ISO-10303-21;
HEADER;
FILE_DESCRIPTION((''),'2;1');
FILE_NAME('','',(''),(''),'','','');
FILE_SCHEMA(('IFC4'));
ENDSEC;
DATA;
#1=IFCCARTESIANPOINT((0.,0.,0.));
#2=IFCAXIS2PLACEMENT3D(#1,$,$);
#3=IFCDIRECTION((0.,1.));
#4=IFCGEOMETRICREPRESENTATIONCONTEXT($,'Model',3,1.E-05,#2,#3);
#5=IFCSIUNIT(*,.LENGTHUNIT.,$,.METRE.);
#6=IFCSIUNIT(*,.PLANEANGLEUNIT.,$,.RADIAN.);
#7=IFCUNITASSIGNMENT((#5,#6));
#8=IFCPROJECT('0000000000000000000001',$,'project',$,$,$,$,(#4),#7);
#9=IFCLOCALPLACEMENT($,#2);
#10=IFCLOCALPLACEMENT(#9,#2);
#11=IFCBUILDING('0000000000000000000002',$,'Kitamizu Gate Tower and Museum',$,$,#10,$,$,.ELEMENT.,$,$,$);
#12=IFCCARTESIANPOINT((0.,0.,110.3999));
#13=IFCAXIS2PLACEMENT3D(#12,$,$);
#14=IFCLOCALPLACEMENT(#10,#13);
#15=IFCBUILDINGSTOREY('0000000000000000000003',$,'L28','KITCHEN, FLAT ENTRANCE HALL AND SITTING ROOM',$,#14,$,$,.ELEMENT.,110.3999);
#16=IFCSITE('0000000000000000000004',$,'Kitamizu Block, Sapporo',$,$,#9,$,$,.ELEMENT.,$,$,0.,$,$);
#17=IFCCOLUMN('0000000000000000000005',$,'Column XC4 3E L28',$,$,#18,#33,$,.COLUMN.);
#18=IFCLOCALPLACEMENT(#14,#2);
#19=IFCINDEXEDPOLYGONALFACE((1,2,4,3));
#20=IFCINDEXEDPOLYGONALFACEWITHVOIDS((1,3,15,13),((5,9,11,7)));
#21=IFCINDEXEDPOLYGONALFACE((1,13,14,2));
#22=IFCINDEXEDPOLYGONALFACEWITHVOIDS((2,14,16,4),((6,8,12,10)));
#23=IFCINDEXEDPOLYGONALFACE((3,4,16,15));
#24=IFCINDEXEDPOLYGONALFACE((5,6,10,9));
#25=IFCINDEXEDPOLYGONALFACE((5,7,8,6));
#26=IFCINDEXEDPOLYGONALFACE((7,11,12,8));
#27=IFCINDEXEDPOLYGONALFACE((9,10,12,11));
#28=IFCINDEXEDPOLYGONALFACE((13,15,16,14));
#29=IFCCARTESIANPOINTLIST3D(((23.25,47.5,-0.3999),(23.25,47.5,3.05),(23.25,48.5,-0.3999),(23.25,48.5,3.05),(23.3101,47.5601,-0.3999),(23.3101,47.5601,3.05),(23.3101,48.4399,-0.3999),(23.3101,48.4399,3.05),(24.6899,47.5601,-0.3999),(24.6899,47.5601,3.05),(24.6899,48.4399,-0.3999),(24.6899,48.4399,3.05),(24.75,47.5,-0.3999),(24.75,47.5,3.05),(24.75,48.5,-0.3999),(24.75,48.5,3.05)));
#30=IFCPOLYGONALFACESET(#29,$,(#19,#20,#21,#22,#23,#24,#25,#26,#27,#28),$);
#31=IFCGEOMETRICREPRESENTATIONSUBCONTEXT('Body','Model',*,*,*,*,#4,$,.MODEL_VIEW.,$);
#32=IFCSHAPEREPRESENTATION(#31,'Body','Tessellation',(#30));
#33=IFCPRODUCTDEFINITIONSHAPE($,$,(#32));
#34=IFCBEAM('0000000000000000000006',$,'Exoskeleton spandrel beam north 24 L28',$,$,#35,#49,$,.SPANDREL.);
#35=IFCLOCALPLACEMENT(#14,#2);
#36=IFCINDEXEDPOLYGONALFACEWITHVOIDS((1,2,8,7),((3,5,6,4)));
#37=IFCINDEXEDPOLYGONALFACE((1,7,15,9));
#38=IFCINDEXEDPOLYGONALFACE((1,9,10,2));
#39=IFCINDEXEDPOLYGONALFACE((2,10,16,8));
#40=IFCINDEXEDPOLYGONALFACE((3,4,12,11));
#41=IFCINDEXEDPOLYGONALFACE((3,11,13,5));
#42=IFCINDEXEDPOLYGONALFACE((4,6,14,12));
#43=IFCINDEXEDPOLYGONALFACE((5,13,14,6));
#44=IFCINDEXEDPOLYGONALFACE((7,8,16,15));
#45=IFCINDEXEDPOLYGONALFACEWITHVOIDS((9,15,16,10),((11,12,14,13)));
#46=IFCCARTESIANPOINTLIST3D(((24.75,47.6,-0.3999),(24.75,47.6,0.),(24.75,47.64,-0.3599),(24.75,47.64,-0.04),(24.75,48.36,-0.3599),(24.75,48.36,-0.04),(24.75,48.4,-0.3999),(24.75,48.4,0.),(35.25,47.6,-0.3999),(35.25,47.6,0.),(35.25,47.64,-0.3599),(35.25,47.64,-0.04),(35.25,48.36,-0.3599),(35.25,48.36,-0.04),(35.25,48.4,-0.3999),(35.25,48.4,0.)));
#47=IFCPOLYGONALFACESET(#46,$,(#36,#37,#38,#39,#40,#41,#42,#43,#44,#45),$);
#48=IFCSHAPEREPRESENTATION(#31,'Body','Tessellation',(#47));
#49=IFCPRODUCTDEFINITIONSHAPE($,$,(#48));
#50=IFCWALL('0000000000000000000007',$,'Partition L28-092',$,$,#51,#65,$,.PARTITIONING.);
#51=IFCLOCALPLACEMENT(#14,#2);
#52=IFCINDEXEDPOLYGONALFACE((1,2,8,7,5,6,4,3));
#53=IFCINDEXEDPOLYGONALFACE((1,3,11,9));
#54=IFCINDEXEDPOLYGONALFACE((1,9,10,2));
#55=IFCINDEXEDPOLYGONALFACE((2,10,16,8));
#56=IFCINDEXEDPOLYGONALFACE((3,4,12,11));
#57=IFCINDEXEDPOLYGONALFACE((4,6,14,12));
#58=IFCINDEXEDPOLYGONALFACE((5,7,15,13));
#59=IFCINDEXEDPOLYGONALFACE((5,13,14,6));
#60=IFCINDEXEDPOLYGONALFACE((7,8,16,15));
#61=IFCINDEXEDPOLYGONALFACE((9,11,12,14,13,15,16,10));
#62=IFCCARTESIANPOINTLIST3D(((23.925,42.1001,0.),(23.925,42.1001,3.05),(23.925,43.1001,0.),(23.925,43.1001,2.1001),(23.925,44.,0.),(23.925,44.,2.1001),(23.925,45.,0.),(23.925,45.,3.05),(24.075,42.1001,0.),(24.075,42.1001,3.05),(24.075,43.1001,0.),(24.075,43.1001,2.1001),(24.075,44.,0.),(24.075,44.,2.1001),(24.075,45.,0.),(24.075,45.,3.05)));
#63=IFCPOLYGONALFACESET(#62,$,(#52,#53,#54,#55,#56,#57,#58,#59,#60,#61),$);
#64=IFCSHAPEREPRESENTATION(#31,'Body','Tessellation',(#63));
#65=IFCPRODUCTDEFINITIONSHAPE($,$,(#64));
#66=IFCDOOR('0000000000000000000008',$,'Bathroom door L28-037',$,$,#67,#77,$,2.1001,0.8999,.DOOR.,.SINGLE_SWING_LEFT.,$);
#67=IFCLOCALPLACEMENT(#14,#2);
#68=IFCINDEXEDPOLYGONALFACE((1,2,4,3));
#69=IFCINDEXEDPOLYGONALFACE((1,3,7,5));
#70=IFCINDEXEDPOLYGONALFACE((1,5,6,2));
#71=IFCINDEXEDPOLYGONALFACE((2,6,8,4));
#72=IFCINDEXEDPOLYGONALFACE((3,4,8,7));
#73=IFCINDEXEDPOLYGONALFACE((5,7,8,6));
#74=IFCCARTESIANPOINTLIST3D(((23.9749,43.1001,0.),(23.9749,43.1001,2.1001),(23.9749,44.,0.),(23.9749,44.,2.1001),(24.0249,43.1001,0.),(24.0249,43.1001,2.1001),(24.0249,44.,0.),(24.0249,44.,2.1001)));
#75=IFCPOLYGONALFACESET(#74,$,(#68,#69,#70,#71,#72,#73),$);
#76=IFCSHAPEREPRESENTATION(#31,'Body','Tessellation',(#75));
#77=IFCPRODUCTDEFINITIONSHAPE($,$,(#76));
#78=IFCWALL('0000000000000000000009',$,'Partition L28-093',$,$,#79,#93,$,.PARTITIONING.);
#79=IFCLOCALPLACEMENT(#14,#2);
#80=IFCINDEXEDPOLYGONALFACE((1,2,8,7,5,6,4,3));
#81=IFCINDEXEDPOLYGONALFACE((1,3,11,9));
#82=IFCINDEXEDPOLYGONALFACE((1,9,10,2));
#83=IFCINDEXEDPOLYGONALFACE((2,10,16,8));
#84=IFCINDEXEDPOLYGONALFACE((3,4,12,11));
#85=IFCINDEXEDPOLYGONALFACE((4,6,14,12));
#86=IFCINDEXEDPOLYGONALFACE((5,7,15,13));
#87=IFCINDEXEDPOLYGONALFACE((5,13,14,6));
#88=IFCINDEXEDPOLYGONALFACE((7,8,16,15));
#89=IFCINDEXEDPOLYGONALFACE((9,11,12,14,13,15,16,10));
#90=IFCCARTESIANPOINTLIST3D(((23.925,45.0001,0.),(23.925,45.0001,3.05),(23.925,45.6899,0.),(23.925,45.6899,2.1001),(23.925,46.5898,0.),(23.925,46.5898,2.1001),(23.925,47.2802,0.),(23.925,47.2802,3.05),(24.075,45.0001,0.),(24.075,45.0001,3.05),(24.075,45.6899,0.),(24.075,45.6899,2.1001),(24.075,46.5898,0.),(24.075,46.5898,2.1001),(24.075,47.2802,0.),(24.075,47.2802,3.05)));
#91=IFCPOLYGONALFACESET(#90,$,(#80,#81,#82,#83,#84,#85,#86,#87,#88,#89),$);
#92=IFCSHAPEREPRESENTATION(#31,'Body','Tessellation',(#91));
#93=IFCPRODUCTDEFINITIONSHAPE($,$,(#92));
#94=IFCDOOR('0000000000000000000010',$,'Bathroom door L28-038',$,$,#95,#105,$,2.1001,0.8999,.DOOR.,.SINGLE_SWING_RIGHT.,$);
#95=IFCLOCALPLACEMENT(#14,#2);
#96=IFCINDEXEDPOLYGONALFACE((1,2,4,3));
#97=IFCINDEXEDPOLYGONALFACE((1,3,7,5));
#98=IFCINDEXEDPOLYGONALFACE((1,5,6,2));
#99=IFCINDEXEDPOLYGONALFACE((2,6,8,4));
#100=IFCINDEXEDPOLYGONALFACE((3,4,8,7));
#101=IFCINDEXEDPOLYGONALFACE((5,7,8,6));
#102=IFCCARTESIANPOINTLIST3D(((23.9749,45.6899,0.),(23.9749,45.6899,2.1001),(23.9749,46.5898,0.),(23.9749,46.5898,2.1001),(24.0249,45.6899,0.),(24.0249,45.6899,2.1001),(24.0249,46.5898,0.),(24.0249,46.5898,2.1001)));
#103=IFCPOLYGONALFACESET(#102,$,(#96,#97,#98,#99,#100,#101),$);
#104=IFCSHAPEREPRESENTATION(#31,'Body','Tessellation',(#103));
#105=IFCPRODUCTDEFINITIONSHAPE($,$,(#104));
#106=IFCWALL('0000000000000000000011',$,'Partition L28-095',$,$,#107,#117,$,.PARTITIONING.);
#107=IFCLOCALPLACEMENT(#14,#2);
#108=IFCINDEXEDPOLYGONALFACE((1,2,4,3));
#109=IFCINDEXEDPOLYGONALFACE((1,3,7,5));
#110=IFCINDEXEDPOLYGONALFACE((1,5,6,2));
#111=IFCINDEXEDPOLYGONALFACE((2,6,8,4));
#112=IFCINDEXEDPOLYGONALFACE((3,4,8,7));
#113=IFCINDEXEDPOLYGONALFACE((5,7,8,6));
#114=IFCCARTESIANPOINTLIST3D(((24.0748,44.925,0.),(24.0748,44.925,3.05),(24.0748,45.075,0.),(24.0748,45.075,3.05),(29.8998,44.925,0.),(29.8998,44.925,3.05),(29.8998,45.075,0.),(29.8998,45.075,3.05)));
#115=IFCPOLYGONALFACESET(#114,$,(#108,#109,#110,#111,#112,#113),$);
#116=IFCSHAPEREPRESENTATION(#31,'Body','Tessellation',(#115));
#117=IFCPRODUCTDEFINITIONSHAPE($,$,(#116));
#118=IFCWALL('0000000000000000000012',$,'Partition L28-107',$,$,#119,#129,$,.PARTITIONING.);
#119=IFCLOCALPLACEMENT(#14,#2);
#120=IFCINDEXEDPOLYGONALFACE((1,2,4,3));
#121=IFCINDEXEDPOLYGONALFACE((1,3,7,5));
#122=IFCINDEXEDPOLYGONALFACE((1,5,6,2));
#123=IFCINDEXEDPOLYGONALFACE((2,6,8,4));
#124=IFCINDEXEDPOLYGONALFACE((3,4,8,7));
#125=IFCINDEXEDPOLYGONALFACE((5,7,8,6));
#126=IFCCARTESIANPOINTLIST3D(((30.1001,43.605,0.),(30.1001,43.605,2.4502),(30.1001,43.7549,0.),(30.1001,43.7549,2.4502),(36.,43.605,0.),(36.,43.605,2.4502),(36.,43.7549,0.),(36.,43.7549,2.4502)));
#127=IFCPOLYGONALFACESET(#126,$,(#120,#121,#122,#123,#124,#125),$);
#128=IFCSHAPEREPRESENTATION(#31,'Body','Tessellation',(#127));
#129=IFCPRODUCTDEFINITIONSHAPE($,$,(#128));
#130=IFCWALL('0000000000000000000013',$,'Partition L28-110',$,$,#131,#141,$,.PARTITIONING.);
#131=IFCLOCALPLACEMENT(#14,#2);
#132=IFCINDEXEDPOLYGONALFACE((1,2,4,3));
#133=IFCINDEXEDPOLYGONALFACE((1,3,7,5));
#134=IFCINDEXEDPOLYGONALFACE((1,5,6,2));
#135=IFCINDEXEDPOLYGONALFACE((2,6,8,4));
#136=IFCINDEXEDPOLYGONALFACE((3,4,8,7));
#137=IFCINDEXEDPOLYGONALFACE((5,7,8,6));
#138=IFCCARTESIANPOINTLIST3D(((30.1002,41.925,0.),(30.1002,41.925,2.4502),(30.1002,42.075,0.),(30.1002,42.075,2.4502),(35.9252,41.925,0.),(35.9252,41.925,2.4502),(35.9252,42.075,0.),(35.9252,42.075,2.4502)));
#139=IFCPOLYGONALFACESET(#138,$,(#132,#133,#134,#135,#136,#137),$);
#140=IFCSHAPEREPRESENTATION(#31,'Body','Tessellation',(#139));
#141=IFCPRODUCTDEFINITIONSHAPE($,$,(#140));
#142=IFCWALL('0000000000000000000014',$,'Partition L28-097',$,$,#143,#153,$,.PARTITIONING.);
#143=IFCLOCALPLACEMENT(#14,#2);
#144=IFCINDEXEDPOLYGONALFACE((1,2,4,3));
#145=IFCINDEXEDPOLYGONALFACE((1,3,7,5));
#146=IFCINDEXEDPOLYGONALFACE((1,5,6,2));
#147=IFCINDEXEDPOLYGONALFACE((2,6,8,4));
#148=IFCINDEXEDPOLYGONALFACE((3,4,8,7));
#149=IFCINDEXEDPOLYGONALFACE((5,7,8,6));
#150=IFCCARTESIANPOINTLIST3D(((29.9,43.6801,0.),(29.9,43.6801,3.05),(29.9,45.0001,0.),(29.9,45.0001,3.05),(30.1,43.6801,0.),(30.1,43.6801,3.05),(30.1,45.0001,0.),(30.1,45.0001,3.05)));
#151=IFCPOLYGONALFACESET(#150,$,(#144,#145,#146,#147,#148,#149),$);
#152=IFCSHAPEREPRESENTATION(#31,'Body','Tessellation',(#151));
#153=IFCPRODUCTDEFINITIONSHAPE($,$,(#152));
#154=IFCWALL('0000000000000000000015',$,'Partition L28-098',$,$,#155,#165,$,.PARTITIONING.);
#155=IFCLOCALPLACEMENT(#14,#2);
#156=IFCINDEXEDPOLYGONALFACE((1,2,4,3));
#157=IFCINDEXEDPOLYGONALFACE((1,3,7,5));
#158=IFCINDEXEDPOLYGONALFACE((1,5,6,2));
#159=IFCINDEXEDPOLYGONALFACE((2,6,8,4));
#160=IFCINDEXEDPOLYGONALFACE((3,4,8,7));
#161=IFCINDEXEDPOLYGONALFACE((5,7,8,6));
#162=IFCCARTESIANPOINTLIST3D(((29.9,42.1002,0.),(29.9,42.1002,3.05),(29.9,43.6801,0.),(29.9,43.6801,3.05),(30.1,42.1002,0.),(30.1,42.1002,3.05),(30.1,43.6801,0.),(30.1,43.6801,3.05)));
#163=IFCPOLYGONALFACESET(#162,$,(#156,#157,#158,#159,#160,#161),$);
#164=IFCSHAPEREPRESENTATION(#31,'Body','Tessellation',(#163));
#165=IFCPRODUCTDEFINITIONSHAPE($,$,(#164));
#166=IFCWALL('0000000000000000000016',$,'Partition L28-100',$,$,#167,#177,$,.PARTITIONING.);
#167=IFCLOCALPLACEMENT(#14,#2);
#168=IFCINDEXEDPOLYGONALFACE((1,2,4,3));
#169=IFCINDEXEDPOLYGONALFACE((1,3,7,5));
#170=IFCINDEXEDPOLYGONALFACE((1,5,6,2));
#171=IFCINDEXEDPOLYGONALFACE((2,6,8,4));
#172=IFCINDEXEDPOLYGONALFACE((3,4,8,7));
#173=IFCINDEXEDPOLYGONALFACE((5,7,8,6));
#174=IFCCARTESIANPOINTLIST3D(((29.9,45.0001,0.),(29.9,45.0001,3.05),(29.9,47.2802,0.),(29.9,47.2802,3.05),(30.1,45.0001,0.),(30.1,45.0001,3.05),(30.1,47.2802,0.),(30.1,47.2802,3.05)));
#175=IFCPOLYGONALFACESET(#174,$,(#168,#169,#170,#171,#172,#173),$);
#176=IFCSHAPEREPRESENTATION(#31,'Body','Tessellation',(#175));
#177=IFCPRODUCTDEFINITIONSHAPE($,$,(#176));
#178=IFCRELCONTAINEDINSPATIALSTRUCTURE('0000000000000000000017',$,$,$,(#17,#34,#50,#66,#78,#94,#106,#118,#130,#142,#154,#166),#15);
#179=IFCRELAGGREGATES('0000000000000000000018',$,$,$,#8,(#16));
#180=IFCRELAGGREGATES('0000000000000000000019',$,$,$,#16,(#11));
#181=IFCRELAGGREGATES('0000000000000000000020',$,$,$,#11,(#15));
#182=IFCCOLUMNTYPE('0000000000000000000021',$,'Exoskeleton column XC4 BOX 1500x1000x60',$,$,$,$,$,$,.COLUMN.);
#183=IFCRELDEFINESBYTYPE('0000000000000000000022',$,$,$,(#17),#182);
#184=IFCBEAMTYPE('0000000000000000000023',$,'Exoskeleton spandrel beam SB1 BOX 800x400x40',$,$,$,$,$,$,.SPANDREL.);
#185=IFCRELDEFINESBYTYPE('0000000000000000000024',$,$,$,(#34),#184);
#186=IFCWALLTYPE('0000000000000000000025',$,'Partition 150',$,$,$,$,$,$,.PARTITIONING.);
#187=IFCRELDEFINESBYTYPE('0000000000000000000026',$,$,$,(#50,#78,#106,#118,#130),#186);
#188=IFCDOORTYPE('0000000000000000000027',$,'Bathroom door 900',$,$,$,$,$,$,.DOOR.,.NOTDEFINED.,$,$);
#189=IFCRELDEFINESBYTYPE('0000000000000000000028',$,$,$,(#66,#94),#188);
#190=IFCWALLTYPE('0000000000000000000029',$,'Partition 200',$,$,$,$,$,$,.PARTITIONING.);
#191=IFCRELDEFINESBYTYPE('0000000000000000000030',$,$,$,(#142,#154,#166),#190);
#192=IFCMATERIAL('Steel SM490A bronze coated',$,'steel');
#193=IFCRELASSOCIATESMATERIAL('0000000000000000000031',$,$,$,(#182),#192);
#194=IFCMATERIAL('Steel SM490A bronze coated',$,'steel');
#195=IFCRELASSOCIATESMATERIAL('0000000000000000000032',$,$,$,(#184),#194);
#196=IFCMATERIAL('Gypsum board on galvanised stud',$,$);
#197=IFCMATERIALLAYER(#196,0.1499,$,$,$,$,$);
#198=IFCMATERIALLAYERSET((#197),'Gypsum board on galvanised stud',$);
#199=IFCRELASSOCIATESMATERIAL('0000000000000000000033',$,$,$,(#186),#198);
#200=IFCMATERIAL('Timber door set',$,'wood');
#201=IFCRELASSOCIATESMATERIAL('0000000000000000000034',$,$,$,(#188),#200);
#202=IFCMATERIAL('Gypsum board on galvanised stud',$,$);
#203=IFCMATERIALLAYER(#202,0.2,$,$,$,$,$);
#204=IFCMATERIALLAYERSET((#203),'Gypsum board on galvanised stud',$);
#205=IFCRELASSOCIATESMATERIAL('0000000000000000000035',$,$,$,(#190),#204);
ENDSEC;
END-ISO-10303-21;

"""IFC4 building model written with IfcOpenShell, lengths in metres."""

from ifc_helpers import new_model, si_unit, direction, frame, frame_2d, origin, origin_2d, place, context, subcontext, project, spatial, rectangle, hollow_rectangle, extrude, material, layer, layer_set, material_profile, profile_set, type_object, element, fill, save


model = new_model("IFC4")

# Units and contexts
model_context = context("Model", 3, precision=1e-05, world=origin(), true_north=direction((0.0, 1.0)))
body_context = subcontext(model_context, "Body", "Model", "MODEL_VIEW")
ifc_project = project(units=[si_unit("LENGTHUNIT", "METRE"), si_unit("PLANEANGLEUNIT", "RADIAN")], contexts=[model_context])

# Site, building, storey
site_placement = place(None, origin())
site = spatial("IfcSite", under=ifc_project, at=site_placement, Name="Kitamizu Block, Sapporo", CompositionType="ELEMENT", RefElevation=0.0)
building_placement = place(site_placement, origin())
building = spatial("IfcBuilding", under=site, at=building_placement, Name="Kitamizu Gate Tower and Museum", CompositionType="ELEMENT")
storey_placement = place(building_placement, frame((0.0, 0.0, 110.3999)))
storey = spatial("IfcBuildingStorey", under=building, at=storey_placement, Name="L28", Description="KITCHEN, FLAT ENTRANCE HALL AND SITTING ROOM", CompositionType="ELEMENT", Elevation=110.3999)

# Column
ifc_material_1 = material(Name="Steel SM490A bronze coated", Category="steel")
ifc_material_profile_1 = material_profile(ifc_material_1, hollow_rectangle(XDim=1.5, YDim=1.0, WallThickness=0.0601, at=origin_2d()), Name="BOX 1500x1000x60")
ifc_profile_set_1 = profile_set([ifc_material_profile_1], Name="Steel SM490A bronze coated")
column_type = type_object("IfcColumnType", Name="Exoskeleton column XC4 BOX 1500x1000x60", PredefinedType="COLUMN", material=ifc_profile_set_1)
column_placement = place(storey_placement, frame((24.0, 48.0, -0.3999), z_axis=(0.0, 0.0, 1.0), x_axis=(1.0, 0.0, 0.0)))
element("IfcColumn", 1, at=column_placement, inside=storey, type_object=column_type, Name="Column XC4 3E L28", PredefinedType="COLUMN", context=body_context, shape_type="SweptSolid", body=[
    extrude(hollow_rectangle(XDim=1.5, YDim=1.0, WallThickness=0.0601, at=origin_2d()), origin(), (0.0, 0.0, 1.0), 3.45),
])

# Beam
ifc_material_2 = material(Name="Steel SM490A bronze coated", Category="steel")
ifc_material_profile_2 = material_profile(ifc_material_2, hollow_rectangle(XDim=0.8, YDim=0.3999, WallThickness=0.04, at=origin_2d()), Name="BOX 800x400x40")
ifc_profile_set_2 = profile_set([ifc_material_profile_2], Name="Steel SM490A bronze coated")
beam_type = type_object("IfcBeamType", Name="Exoskeleton spandrel beam SB1 BOX 800x400x40", PredefinedType="SPANDREL", material=ifc_profile_set_2)
beam_placement = place(storey_placement, frame((24.75, 48.0, -0.2), z_axis=(1.0, 0.0, 0.0), x_axis=(0.0, 1.0, 0.0)))
element("IfcBeam", 2, at=beam_placement, inside=storey, type_object=beam_type, Name="Exoskeleton spandrel beam north 24 L28", PredefinedType="SPANDREL", context=body_context, shape_type="SweptSolid", body=[
    extrude(hollow_rectangle(XDim=0.8, YDim=0.3999, WallThickness=0.04, at=origin_2d()), origin(), (0.0, 0.0, 1.0), 10.5),
])

# Walls, openings, doors
ifc_material_3 = material(Name="Gypsum board on galvanised stud")
ifc_layer_1 = layer(ifc_material_3, 0.1499)
ifc_layer_set_1 = layer_set([ifc_layer_1], Name="Gypsum board on galvanised stud")
wall_type_1 = type_object("IfcWallType", Name="Partition 150", PredefinedType="PARTITIONING", material=ifc_layer_set_1)
wall_1_placement = place(storey_placement, frame((24.0, 42.1001, 0.0), z_axis=(0.0, 0.0, 1.0), x_axis=(0.0, 1.0, 0.0)))
wall_1 = element("IfcWall", 3, at=wall_1_placement, inside=storey, type_object=wall_type_1, Name="Partition L28-092", PredefinedType="PARTITIONING", context=body_context, shape_type="SweptSolid", body=[
    extrude(rectangle(XDim=2.8999, YDim=0.1499, at=frame_2d((1.45, 0.0))), origin(), (0.0, 0.0, 1.0), 3.05),
])
opening_1_placement = place(wall_1_placement, frame((1.0, 0.0, 0.0)))
opening_1 = element("IfcOpeningElement", 4, at=opening_1_placement, cuts=wall_1, PredefinedType="OPENING", context=body_context, shape_type="SweptSolid", body=[
    extrude(rectangle(XDim=0.8999, YDim=2.1001, at=frame_2d((0.45, 1.05))), frame((0.0, 0.085, 0.0), z_axis=(0.0, -1.0, 0.0), x_axis=(1.0, 0.0, 0.0)), (0.0, 0.0, 1.0), 0.1699),
])
ifc_material_4 = material(Name="Timber door set", Category="wood")
door_type = type_object("IfcDoorType", Name="Bathroom door 900", OperationType="NOTDEFINED", PredefinedType="DOOR", material=ifc_material_4)
door_1_placement = place(opening_1_placement, frame((0.8999, 0.0, 0.0), x_axis=(-1.0, 0.0, 0.0)))
door_1 = element("IfcDoor", 5, at=door_1_placement, inside=storey, type_object=door_type, Name="Bathroom door L28-037", OperationType="SINGLE_SWING_LEFT", OverallHeight=2.1001, OverallWidth=0.8999, PredefinedType="DOOR", context=body_context, shape_type="SweptSolid", body=[
    extrude(rectangle(XDim=0.8999, YDim=2.1001, at=frame_2d((0.45, 1.05))), frame((0.0, 0.0249, 0.0), z_axis=(0.0, -1.0, 0.0), x_axis=(1.0, 0.0, 0.0)), (0.0, 0.0, 1.0), 0.05),
])
fill(opening_1, door_1)
wall_2_placement = place(storey_placement, frame((24.0, 45.0, 0.0), z_axis=(0.0, 0.0, 1.0), x_axis=(0.0, 1.0, 0.0)))
wall_2 = element("IfcWall", 6, at=wall_2_placement, inside=storey, type_object=wall_type_1, Name="Partition L28-093", PredefinedType="PARTITIONING", context=body_context, shape_type="SweptSolid", body=[
    extrude(rectangle(XDim=2.28, YDim=0.1499, at=frame_2d((1.1401, 0.0))), origin(), (0.0, 0.0, 1.0), 3.05),
])
opening_2_placement = place(wall_2_placement, frame((0.6899, 0.0, 0.0)))
opening_2 = element("IfcOpeningElement", 7, at=opening_2_placement, cuts=wall_2, PredefinedType="OPENING", context=body_context, shape_type="SweptSolid", body=[
    extrude(rectangle(XDim=0.8999, YDim=2.1001, at=frame_2d((0.45, 1.05))), frame((0.0, 0.085, 0.0), z_axis=(0.0, -1.0, 0.0), x_axis=(1.0, 0.0, 0.0)), (0.0, 0.0, 1.0), 0.1699),
])
door_2_placement = place(opening_2_placement, frame((0.8999, 0.0, 0.0), x_axis=(-1.0, 0.0, 0.0)))
door_2 = element("IfcDoor", 8, at=door_2_placement, inside=storey, type_object=door_type, Name="Bathroom door L28-038", OperationType="SINGLE_SWING_RIGHT", OverallHeight=2.1001, OverallWidth=0.8999, PredefinedType="DOOR", context=body_context, shape_type="SweptSolid", body=[
    extrude(rectangle(XDim=0.8999, YDim=2.1001, at=frame_2d((0.45, 1.05))), frame((0.0, 0.0249, 0.0), z_axis=(0.0, -1.0, 0.0), x_axis=(1.0, 0.0, 0.0)), (0.0, 0.0, 1.0), 0.05),
])
fill(opening_2, door_2)

# Walls
wall_3_placement = place(storey_placement, frame((29.8999, 45.0, 0.0), z_axis=(0.0, 0.0, 1.0), x_axis=(-1.0, 0.0, 0.0)))
element("IfcWall", 9, at=wall_3_placement, inside=storey, type_object=wall_type_1, Name="Partition L28-095", PredefinedType="PARTITIONING", context=body_context, shape_type="SweptSolid", body=[
    extrude(rectangle(XDim=5.825, YDim=0.1499, at=frame_2d((2.9126, 0.0))), origin(), (0.0, 0.0, 1.0), 3.05),
])
wall_4_placement = place(storey_placement, frame((30.1001, 43.6799, 0.0), z_axis=(0.0, 0.0, 1.0), x_axis=(1.0, 0.0, 0.0)))
element("IfcWall", 10, at=wall_4_placement, inside=storey, type_object=wall_type_1, Name="Partition L28-107", PredefinedType="PARTITIONING", context=body_context, shape_type="SweptSolid", body=[
    extrude(rectangle(XDim=5.8999, YDim=0.1499, at=frame_2d((2.95, 0.0))), origin(), (0.0, 0.0, 1.0), 2.4502),
])
wall_5_placement = place(storey_placement, frame((30.1001, 42.0, 0.0), z_axis=(0.0, 0.0, 1.0), x_axis=(1.0, 0.0, 0.0)))
element("IfcWall", 11, at=wall_5_placement, inside=storey, type_object=wall_type_1, Name="Partition L28-110", PredefinedType="PARTITIONING", context=body_context, shape_type="SweptSolid", body=[
    extrude(rectangle(XDim=5.825, YDim=0.1499, at=frame_2d((2.9126, 0.0))), origin(), (0.0, 0.0, 1.0), 2.4502),
])
ifc_material_5 = material(Name="Gypsum board on galvanised stud")
ifc_layer_2 = layer(ifc_material_5, 0.2)
ifc_layer_set_2 = layer_set([ifc_layer_2], Name="Gypsum board on galvanised stud")
wall_type_2 = type_object("IfcWallType", Name="Partition 200", PredefinedType="PARTITIONING", material=ifc_layer_set_2)
wall_6_placement = place(storey_placement, frame((30.0, 43.6799, 0.0), z_axis=(0.0, 0.0, 1.0), x_axis=(0.0, 1.0, 0.0)))
element("IfcWall", 12, at=wall_6_placement, inside=storey, type_object=wall_type_2, Name="Partition L28-097", PredefinedType="PARTITIONING", context=body_context, shape_type="SweptSolid", body=[
    extrude(rectangle(XDim=1.3201, YDim=0.2, at=frame_2d((0.6602, 0.0))), origin(), (0.0, 0.0, 1.0), 3.05),
])
wall_7_placement = place(storey_placement, frame((30.0, 42.1001, 0.0), z_axis=(0.0, 0.0, 1.0), x_axis=(0.0, 1.0, 0.0)))
element("IfcWall", 13, at=wall_7_placement, inside=storey, type_object=wall_type_2, Name="Partition L28-098", PredefinedType="PARTITIONING", context=body_context, shape_type="SweptSolid", body=[
    extrude(rectangle(XDim=1.5798, YDim=0.2, at=frame_2d((0.79, 0.0))), origin(), (0.0, 0.0, 1.0), 3.05),
])
wall_8_placement = place(storey_placement, frame((30.0, 45.0, 0.0), z_axis=(0.0, 0.0, 1.0), x_axis=(0.0, 1.0, 0.0)))
element("IfcWall", 14, at=wall_8_placement, inside=storey, type_object=wall_type_2, Name="Partition L28-100", PredefinedType="PARTITIONING", context=body_context, shape_type="SweptSolid", body=[
    extrude(rectangle(XDim=2.28, YDim=0.2, at=frame_2d((1.1401, 0.0))), origin(), (0.0, 0.0, 1.0), 3.05),
])

save(model, "model.ifc")
